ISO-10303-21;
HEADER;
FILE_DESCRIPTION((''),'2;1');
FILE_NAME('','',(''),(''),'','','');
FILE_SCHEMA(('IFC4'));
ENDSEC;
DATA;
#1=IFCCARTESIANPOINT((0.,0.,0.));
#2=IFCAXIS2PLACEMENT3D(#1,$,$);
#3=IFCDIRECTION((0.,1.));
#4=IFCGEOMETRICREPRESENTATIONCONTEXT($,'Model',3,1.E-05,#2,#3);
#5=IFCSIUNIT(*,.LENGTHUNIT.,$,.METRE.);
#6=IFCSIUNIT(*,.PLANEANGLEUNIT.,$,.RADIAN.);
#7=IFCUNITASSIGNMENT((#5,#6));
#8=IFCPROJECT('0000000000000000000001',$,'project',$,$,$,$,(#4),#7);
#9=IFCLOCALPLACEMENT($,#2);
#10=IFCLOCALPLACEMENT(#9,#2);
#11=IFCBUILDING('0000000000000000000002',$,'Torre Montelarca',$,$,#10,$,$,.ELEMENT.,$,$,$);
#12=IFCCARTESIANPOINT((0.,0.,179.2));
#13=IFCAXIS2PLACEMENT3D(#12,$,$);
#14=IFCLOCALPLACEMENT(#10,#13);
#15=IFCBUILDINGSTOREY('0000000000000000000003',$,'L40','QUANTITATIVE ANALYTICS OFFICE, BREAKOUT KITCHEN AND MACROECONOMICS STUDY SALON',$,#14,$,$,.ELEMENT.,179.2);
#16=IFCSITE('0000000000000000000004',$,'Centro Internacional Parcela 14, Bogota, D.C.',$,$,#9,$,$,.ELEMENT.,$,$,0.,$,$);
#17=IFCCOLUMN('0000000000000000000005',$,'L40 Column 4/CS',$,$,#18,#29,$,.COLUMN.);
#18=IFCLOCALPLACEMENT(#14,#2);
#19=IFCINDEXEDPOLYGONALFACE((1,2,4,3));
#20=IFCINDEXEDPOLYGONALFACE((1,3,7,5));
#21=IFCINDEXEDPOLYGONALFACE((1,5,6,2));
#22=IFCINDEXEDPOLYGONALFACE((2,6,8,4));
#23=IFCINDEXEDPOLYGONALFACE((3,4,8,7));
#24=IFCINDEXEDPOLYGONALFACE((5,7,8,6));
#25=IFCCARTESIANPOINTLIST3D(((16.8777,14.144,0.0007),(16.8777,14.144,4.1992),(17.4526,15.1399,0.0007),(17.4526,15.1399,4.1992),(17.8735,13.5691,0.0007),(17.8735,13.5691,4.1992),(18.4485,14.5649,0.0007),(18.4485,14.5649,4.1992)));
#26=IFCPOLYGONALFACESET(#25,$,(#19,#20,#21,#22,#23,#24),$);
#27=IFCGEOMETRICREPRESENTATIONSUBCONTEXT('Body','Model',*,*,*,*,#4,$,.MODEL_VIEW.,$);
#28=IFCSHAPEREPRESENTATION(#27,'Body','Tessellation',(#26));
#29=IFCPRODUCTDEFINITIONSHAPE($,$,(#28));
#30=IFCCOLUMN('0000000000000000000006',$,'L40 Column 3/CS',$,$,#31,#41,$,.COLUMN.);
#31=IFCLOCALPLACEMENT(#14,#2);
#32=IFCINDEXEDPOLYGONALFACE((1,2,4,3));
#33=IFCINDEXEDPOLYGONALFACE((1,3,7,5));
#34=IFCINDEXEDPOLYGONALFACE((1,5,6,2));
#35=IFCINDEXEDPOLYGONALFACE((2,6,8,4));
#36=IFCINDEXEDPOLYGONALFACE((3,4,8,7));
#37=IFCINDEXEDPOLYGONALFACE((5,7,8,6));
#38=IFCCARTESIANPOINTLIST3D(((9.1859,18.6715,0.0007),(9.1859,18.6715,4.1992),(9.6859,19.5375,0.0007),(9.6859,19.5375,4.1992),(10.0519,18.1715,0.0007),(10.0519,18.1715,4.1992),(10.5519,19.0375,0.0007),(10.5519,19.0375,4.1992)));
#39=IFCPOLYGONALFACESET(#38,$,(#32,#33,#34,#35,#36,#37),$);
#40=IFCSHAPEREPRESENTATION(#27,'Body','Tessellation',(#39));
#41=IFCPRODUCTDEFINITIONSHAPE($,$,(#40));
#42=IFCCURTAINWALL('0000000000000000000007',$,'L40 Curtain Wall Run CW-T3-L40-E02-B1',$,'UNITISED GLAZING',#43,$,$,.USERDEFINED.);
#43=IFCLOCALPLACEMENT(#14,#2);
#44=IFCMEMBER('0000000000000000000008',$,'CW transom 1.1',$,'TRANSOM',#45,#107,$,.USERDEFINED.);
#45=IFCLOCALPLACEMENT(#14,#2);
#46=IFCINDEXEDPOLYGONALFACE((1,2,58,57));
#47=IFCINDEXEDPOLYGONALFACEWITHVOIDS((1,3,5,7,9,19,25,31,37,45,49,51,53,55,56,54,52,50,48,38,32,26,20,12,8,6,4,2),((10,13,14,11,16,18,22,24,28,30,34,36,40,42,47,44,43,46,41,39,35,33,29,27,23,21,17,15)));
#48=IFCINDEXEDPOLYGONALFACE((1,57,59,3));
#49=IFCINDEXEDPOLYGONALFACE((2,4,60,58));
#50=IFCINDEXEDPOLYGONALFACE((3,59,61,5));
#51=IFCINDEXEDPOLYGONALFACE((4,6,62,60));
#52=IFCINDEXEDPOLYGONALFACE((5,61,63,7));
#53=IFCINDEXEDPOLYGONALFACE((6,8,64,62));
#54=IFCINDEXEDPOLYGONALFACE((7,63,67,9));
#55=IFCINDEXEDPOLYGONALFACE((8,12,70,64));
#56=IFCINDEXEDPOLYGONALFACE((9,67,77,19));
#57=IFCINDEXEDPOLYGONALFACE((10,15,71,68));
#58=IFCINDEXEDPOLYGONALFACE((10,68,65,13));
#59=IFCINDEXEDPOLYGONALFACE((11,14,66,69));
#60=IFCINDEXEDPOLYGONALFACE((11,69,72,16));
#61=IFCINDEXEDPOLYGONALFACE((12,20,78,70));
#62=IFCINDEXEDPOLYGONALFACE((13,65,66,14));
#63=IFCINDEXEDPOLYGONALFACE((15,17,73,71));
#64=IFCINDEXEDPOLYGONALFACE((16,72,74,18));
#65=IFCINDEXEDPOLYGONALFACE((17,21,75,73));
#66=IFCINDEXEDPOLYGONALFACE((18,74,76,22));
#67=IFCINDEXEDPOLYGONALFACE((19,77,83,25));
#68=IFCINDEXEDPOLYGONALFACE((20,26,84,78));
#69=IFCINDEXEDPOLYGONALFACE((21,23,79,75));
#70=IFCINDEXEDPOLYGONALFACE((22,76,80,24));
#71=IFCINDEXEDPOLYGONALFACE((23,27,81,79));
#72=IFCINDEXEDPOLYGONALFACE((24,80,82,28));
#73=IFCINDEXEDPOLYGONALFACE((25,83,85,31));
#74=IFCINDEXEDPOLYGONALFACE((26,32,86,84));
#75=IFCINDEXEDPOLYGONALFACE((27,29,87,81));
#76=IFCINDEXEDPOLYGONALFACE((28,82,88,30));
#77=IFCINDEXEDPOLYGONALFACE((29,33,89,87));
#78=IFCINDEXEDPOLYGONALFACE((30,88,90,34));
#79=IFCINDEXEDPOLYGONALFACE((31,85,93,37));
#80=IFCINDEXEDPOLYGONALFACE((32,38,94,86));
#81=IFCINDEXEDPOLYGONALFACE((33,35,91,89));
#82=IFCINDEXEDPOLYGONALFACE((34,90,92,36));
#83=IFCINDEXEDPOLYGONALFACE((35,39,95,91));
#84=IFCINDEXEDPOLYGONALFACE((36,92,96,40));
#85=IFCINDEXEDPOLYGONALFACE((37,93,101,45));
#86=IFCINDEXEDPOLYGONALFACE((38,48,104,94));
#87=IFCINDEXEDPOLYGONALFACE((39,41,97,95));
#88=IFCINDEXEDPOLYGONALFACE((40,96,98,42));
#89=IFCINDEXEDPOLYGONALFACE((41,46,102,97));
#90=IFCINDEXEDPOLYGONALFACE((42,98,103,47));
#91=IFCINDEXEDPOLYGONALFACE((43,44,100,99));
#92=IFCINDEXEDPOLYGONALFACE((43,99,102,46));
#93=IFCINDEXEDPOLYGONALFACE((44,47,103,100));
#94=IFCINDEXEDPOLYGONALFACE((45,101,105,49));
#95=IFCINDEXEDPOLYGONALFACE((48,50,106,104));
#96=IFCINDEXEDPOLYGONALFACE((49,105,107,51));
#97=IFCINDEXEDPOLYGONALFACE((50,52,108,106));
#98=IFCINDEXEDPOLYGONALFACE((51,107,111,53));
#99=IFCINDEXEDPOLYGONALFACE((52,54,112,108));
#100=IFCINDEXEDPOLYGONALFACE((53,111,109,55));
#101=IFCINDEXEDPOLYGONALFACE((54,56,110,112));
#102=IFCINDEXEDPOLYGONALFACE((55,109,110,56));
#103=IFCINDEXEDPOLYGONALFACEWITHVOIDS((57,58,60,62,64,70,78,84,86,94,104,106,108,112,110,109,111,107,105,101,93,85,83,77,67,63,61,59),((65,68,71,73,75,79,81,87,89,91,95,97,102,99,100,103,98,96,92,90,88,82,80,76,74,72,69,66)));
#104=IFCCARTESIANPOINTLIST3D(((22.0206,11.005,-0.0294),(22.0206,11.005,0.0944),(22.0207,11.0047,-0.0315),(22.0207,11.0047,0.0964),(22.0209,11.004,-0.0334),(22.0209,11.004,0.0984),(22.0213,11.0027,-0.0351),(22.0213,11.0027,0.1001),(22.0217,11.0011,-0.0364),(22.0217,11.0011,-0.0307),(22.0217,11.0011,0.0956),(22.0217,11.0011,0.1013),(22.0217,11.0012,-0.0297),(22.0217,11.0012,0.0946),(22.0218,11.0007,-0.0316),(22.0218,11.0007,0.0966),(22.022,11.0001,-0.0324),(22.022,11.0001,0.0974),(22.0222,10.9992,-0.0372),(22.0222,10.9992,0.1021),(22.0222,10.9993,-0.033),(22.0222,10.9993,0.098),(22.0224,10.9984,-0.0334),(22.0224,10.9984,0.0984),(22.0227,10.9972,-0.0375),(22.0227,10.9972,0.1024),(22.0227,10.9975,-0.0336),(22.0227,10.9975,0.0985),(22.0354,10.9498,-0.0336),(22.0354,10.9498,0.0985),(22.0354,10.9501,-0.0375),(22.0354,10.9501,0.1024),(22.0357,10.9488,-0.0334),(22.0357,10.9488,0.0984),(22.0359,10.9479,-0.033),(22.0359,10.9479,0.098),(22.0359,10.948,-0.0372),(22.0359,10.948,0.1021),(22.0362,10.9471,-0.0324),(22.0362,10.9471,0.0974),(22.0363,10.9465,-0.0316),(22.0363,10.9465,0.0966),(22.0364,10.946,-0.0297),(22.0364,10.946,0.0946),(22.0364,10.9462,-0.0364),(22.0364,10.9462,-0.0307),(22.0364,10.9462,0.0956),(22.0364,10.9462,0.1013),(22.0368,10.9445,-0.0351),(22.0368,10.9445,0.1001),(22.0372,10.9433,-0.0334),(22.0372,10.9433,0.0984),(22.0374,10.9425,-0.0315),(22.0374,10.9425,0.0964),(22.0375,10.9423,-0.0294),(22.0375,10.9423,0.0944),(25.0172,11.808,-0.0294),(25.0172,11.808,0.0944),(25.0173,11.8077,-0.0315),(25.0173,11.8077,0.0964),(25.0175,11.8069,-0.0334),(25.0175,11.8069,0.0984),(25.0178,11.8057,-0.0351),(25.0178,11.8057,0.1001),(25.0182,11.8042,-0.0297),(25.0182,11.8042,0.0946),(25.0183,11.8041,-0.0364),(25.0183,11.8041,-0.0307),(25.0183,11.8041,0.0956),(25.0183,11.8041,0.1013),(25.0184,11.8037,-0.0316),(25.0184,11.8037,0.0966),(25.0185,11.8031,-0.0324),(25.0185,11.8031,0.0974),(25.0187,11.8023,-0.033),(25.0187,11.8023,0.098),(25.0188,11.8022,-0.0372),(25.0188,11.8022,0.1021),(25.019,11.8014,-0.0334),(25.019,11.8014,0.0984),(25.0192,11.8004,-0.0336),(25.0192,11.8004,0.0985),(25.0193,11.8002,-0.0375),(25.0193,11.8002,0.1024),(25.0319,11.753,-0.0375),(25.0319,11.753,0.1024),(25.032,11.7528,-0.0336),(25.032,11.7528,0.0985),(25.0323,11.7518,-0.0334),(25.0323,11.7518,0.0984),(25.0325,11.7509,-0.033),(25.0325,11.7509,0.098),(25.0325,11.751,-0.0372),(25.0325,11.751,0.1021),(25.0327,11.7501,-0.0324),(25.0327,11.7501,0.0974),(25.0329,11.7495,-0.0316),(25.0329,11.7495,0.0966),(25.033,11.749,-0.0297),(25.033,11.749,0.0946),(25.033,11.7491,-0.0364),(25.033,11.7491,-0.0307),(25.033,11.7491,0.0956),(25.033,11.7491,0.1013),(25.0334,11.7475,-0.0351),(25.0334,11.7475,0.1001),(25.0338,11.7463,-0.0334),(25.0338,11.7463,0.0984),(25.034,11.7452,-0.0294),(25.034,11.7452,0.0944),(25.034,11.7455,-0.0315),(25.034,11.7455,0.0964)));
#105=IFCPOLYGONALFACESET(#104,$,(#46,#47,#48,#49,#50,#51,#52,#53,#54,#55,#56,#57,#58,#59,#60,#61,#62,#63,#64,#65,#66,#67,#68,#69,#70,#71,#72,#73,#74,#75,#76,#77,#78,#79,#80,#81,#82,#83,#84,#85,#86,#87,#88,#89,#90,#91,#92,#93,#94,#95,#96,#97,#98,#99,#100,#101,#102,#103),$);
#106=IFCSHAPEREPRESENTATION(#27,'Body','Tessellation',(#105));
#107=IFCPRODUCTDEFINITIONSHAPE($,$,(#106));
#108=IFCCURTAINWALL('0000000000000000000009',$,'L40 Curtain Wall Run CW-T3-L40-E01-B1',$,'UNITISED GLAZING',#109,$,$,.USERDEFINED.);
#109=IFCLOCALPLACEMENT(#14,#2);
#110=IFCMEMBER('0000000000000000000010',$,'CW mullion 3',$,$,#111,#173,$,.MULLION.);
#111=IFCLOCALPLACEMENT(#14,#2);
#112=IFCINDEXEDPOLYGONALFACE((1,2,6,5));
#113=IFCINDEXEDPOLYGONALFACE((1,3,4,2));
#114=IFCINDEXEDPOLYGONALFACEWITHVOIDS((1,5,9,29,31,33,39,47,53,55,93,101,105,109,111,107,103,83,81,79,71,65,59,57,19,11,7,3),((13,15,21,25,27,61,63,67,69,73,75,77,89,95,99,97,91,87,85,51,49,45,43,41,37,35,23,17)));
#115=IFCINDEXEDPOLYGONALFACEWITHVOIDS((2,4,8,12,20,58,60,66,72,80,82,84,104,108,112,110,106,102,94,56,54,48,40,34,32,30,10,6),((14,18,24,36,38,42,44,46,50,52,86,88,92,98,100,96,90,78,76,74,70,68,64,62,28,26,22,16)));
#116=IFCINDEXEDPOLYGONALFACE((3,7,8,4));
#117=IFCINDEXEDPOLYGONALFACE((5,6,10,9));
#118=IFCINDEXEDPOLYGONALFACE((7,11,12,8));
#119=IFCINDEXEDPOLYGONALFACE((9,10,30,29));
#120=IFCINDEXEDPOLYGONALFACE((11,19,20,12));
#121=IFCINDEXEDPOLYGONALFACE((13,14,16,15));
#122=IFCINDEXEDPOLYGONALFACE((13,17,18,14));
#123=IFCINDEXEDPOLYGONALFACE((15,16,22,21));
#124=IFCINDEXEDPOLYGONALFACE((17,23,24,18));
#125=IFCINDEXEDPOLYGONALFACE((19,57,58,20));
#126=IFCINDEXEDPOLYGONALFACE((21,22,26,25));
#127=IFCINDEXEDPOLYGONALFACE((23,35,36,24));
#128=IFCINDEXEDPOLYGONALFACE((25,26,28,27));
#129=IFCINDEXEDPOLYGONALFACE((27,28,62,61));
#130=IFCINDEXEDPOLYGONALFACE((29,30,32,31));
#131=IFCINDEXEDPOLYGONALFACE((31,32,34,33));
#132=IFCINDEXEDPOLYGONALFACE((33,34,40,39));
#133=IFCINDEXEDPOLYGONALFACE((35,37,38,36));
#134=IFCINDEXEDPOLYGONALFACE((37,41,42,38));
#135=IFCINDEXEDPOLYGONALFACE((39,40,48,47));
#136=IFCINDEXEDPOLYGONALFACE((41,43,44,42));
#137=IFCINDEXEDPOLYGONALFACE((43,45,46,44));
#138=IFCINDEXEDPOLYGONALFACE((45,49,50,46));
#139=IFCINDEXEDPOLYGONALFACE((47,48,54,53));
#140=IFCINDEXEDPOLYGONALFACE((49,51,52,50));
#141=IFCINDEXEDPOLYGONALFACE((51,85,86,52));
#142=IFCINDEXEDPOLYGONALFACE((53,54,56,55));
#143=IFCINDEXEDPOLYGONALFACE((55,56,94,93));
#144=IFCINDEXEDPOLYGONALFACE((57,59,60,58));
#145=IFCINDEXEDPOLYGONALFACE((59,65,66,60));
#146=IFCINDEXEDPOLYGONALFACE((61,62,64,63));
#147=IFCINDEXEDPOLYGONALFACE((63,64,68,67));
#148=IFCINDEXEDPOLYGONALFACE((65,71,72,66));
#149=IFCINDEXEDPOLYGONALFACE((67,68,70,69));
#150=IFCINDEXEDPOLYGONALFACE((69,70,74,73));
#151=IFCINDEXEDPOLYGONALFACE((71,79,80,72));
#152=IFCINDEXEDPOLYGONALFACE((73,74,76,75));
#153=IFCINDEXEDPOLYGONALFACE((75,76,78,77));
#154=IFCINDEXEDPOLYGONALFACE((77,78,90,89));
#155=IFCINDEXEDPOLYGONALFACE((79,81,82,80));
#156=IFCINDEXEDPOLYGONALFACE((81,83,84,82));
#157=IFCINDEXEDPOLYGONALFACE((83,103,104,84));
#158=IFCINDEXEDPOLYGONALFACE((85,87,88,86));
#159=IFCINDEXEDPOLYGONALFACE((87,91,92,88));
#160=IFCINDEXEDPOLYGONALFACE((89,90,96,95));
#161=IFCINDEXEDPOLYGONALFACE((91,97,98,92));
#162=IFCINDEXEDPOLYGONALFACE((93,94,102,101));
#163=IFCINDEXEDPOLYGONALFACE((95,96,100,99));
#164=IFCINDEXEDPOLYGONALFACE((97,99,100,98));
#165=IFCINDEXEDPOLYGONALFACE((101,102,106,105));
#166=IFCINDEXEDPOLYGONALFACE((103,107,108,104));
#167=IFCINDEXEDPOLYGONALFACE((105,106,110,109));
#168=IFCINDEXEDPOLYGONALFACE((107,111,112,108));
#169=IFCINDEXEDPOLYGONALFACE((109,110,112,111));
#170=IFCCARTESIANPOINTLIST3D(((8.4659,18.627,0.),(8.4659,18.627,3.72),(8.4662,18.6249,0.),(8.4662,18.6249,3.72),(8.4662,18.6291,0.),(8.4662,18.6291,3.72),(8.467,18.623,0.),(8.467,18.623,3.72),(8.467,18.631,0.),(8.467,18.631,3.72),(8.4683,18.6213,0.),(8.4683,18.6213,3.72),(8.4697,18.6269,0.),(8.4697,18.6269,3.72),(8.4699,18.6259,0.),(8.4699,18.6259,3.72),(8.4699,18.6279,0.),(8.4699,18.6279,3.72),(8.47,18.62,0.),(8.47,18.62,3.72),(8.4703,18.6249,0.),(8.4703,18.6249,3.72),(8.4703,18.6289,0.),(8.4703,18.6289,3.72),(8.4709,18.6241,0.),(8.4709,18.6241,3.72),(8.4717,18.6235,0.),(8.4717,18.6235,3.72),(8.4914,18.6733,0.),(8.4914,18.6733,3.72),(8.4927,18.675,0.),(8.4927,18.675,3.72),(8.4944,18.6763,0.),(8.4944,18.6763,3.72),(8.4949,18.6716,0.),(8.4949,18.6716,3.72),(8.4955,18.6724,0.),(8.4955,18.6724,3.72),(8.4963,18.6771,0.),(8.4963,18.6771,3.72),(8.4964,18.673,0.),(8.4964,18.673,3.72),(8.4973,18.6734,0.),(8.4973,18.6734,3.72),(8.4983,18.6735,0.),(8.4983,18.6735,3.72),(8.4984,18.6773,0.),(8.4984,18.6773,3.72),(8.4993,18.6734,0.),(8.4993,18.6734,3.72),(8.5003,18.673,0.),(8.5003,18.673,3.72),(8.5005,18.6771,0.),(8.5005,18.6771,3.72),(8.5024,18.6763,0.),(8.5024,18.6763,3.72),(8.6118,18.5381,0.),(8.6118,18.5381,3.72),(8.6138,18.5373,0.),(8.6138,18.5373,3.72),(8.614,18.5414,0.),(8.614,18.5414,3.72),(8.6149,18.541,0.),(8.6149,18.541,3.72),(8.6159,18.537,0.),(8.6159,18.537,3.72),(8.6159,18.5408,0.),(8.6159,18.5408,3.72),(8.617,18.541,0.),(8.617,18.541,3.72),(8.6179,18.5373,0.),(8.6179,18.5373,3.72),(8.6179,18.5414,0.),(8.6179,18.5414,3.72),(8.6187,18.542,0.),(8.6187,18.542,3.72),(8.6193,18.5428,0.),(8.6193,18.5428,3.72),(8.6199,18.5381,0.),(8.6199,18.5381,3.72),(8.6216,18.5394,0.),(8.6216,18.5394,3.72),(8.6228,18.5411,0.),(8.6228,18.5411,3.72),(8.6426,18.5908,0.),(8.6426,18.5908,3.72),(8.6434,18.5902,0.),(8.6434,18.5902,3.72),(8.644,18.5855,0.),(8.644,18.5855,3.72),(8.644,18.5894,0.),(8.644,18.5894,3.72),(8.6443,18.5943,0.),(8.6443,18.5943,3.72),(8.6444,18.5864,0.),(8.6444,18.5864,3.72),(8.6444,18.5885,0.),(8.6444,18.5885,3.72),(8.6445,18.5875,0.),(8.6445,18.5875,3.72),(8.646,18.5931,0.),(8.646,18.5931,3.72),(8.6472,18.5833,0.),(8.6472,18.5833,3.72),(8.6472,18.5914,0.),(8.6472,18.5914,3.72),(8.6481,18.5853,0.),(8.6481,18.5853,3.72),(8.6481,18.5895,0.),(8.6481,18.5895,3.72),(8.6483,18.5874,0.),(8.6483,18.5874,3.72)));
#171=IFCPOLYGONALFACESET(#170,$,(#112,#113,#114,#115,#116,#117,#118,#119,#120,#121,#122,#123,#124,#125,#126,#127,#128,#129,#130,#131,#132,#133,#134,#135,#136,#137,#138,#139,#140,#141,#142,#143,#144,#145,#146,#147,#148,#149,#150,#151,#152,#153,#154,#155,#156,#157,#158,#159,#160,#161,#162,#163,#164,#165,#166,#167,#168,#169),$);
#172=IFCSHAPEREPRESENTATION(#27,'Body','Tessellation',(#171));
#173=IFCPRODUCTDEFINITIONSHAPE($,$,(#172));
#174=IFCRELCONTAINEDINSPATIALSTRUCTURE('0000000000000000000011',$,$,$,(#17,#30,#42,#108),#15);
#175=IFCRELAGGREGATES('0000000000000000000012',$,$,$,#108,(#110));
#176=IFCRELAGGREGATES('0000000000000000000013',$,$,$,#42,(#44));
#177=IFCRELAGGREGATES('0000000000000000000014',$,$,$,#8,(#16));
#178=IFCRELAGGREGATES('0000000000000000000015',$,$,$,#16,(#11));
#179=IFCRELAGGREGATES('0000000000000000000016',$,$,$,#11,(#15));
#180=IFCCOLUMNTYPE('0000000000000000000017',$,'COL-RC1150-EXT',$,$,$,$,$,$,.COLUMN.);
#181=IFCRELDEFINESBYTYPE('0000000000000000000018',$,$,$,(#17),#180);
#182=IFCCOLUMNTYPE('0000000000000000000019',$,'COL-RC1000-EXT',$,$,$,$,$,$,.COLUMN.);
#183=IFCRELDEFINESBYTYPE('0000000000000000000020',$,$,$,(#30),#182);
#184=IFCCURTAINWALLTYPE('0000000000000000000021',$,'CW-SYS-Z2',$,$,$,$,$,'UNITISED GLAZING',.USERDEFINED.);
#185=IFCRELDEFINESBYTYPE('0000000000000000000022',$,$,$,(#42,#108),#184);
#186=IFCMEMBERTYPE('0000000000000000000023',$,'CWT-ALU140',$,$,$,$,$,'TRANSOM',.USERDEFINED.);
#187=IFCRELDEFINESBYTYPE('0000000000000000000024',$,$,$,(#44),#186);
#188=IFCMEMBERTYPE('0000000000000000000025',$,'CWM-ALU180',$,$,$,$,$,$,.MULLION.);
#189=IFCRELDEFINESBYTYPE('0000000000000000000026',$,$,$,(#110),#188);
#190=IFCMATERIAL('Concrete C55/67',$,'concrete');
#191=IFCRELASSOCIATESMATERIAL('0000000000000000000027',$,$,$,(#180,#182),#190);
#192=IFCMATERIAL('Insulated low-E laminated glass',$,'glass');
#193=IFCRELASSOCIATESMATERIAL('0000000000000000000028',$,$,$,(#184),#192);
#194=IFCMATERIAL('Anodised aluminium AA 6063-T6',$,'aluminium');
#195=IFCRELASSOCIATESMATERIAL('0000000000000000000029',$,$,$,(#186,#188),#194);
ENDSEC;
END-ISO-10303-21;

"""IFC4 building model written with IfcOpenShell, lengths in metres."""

from ifc_helpers import new_model, si_unit, direction, frame, origin, origin_2d, place, context, subcontext, project, spatial, rectangle, hollow_rectangle, extrude, source, transform, mapped, material, material_profile, profile_set, type_object, element, aggregate, save


model = new_model("IFC4")

# Units and contexts
model_context = context("Model", 3, precision=1e-05, world=origin(), true_north=direction((0.0, 1.0)))
body_context = subcontext(model_context, "Body", "Model", "MODEL_VIEW")
ifc_project = project(units=[si_unit("LENGTHUNIT", "METRE"), si_unit("PLANEANGLEUNIT", "RADIAN")], contexts=[model_context])

# Site, building, storey
site_placement = place(None, origin())
site = spatial("IfcSite", under=ifc_project, at=site_placement, Name="Centro Internacional Parcela 14, Bogota, D.C.", CompositionType="ELEMENT", RefElevation=0.0)
building_placement = place(site_placement, origin())
building = spatial("IfcBuilding", under=site, at=building_placement, Name="Torre Montelarca", CompositionType="ELEMENT")
storey_placement = place(building_placement, frame((0.0, 0.0, 179.2)))
storey = spatial("IfcBuildingStorey", under=building, at=storey_placement, Name="L40", Description="QUANTITATIVE ANALYTICS OFFICE, BREAKOUT KITCHEN AND MACROECONOMICS STUDY SALON", CompositionType="ELEMENT", Elevation=179.2)

# Columns
ifc_material_1 = material(Name="Concrete C55/67", Category="concrete")
ifc_material_profile_1 = material_profile(ifc_material_1, rectangle(XDim=1.1499, YDim=1.1499, at=origin_2d()), Name="RC1150X1150", Category="concrete")
ifc_profile_set_1 = profile_set([ifc_material_profile_1], Name="Concrete C55/67")
column_type_1 = type_object("IfcColumnType", Name="COL-RC1150-EXT", PredefinedType="COLUMN", material=ifc_profile_set_1)
shared_shape_1 = source(origin(), body_context, "Body", "SweptSolid", [
    extrude(rectangle(XDim=1.1499, YDim=1.1499, at=origin_2d()), origin(), (0.0, 0.0, 1.0), 4.1985),
])
column_1_placement = place(storey_placement, frame((17.6631, 14.3545, 0.0007), z_axis=(0.0, 0.0, 1.0), x_axis=(-0.866025, 0.5, 0.0)))
element("IfcColumn", 1, at=column_1_placement, inside=storey, type_object=column_type_1, Name="L40 Column 4/CS", PredefinedType="COLUMN", context=body_context, shape_type="MappedRepresentation", body=[
    mapped(shared_shape_1, transform((0.0, 0.0, 0.0), scale=1.0)),
])
ifc_material_profile_2 = material_profile(ifc_material_1, rectangle(XDim=1.0, YDim=1.0, at=origin_2d()), Name="RC1000X1000", Category="concrete")
ifc_profile_set_2 = profile_set([ifc_material_profile_2], Name="Concrete C55/67")
column_type_2 = type_object("IfcColumnType", Name="COL-RC1000-EXT", PredefinedType="COLUMN", material=ifc_profile_set_2)
shared_shape_2 = source(origin(), body_context, "Body", "SweptSolid", [
    extrude(rectangle(XDim=1.0, YDim=1.0, at=origin_2d()), origin(), (0.0, 0.0, 1.0), 4.1985),
])
column_2_placement = place(storey_placement, frame((9.8689, 18.8545, 0.0007), z_axis=(0.0, 0.0, 1.0), x_axis=(-0.866025, 0.5, 0.0)))
element("IfcColumn", 2, at=column_2_placement, inside=storey, type_object=column_type_2, Name="L40 Column 3/CS", PredefinedType="COLUMN", context=body_context, shape_type="MappedRepresentation", body=[
    mapped(shared_shape_2, transform((0.0, 0.0, 0.0), scale=1.0)),
])

# Curtain walls, members
ifc_material_2 = material(Name="Insulated low-E laminated glass", Category="glass")
curtain_wall_type = type_object("IfcCurtainWallType", Name="CW-SYS-Z2", ElementType="UNITISED GLAZING", PredefinedType="USERDEFINED", material=ifc_material_2)
curtain_wall_1_placement = place(storey_placement, origin())
curtain_wall_1 = element("IfcCurtainWall", 3, at=curtain_wall_1_placement, inside=storey, type_object=curtain_wall_type, Name="L40 Curtain Wall Run CW-T3-L40-E02-B1", ObjectType="UNITISED GLAZING", PredefinedType="USERDEFINED")
ifc_material_3 = material(Name="Anodised aluminium AA 6063-T6", Category="aluminium")
ifc_material_profile_3 = material_profile(ifc_material_3, hollow_rectangle(XDim=0.0649, YDim=0.1399, WallThickness=0.0039, InnerFilletRadius=0.0039, OuterFilletRadius=0.0081, at=origin_2d()), Name="ALU65X140X4", Category="aluminium")
ifc_profile_set_3 = profile_set([ifc_material_profile_3], Name="Anodised aluminium AA 6063-T6")
member_type_1 = type_object("IfcMemberType", Name="CWT-ALU140", ElementType="TRANSOM", PredefinedType="USERDEFINED", material=ifc_profile_set_3)
shared_shape_3 = source(origin(), body_context, "Body", "SweptSolid", [
    extrude(hollow_rectangle(XDim=0.0649, YDim=0.1399, WallThickness=0.0039, InnerFilletRadius=0.0039, OuterFilletRadius=0.0081, at=origin_2d()), origin(), (0.0, 0.0, 1.0), 3.1023),
])
member_1_placement = place(storey_placement, frame((22.0291, 10.9736, 0.0325), z_axis=(0.965922, 0.258833, 0.0), x_axis=(-0.258833, 0.965922, 0.0)))
member_1 = element("IfcMember", 4, at=member_1_placement, type_object=member_type_1, Name="CW transom 1.1", ObjectType="TRANSOM", PredefinedType="USERDEFINED", context=body_context, shape_type="MappedRepresentation", body=[
    mapped(shared_shape_3, transform((0.0, 0.0, 0.0), scale=1.0)),
])
curtain_wall_2_placement = place(storey_placement, origin())
curtain_wall_2 = element("IfcCurtainWall", 5, at=curtain_wall_2_placement, inside=storey, type_object=curtain_wall_type, Name="L40 Curtain Wall Run CW-T3-L40-E01-B1", ObjectType="UNITISED GLAZING", PredefinedType="USERDEFINED")
ifc_material_profile_4 = material_profile(ifc_material_3, hollow_rectangle(XDim=0.0649, YDim=0.1799, WallThickness=0.0039, InnerFilletRadius=0.0039, OuterFilletRadius=0.0081, at=origin_2d()), Name="ALU65X180X4", Category="aluminium")
ifc_profile_set_4 = profile_set([ifc_material_profile_4], Name="Anodised aluminium AA 6063-T6")
member_type_2 = type_object("IfcMemberType", Name="CWM-ALU180", PredefinedType="MULLION", material=ifc_profile_set_4)
shared_shape_4 = source(origin(), body_context, "Body", "SweptSolid", [
    extrude(hollow_rectangle(XDim=0.0649, YDim=0.1799, WallThickness=0.0039, InnerFilletRadius=0.0039, OuterFilletRadius=0.0081, at=origin_2d()), origin(), (0.0, 0.0, 1.0), 3.72),
])
member_2_placement = place(storey_placement, frame((8.5571, 18.6072, 0.0), z_axis=(0.0, 0.0, 1.0), x_axis=(0.500001, 0.866025, 0.0)))
member_2 = element("IfcMember", 6, at=member_2_placement, type_object=member_type_2, Name="CW mullion 3", PredefinedType="MULLION", context=body_context, shape_type="MappedRepresentation", body=[
    mapped(shared_shape_4, transform((0.0, 0.0, 0.0), scale=1.0)),
])
aggregate(curtain_wall_2, [member_2])

aggregate(curtain_wall_1, [member_1])

save(model, "model.ifc")
